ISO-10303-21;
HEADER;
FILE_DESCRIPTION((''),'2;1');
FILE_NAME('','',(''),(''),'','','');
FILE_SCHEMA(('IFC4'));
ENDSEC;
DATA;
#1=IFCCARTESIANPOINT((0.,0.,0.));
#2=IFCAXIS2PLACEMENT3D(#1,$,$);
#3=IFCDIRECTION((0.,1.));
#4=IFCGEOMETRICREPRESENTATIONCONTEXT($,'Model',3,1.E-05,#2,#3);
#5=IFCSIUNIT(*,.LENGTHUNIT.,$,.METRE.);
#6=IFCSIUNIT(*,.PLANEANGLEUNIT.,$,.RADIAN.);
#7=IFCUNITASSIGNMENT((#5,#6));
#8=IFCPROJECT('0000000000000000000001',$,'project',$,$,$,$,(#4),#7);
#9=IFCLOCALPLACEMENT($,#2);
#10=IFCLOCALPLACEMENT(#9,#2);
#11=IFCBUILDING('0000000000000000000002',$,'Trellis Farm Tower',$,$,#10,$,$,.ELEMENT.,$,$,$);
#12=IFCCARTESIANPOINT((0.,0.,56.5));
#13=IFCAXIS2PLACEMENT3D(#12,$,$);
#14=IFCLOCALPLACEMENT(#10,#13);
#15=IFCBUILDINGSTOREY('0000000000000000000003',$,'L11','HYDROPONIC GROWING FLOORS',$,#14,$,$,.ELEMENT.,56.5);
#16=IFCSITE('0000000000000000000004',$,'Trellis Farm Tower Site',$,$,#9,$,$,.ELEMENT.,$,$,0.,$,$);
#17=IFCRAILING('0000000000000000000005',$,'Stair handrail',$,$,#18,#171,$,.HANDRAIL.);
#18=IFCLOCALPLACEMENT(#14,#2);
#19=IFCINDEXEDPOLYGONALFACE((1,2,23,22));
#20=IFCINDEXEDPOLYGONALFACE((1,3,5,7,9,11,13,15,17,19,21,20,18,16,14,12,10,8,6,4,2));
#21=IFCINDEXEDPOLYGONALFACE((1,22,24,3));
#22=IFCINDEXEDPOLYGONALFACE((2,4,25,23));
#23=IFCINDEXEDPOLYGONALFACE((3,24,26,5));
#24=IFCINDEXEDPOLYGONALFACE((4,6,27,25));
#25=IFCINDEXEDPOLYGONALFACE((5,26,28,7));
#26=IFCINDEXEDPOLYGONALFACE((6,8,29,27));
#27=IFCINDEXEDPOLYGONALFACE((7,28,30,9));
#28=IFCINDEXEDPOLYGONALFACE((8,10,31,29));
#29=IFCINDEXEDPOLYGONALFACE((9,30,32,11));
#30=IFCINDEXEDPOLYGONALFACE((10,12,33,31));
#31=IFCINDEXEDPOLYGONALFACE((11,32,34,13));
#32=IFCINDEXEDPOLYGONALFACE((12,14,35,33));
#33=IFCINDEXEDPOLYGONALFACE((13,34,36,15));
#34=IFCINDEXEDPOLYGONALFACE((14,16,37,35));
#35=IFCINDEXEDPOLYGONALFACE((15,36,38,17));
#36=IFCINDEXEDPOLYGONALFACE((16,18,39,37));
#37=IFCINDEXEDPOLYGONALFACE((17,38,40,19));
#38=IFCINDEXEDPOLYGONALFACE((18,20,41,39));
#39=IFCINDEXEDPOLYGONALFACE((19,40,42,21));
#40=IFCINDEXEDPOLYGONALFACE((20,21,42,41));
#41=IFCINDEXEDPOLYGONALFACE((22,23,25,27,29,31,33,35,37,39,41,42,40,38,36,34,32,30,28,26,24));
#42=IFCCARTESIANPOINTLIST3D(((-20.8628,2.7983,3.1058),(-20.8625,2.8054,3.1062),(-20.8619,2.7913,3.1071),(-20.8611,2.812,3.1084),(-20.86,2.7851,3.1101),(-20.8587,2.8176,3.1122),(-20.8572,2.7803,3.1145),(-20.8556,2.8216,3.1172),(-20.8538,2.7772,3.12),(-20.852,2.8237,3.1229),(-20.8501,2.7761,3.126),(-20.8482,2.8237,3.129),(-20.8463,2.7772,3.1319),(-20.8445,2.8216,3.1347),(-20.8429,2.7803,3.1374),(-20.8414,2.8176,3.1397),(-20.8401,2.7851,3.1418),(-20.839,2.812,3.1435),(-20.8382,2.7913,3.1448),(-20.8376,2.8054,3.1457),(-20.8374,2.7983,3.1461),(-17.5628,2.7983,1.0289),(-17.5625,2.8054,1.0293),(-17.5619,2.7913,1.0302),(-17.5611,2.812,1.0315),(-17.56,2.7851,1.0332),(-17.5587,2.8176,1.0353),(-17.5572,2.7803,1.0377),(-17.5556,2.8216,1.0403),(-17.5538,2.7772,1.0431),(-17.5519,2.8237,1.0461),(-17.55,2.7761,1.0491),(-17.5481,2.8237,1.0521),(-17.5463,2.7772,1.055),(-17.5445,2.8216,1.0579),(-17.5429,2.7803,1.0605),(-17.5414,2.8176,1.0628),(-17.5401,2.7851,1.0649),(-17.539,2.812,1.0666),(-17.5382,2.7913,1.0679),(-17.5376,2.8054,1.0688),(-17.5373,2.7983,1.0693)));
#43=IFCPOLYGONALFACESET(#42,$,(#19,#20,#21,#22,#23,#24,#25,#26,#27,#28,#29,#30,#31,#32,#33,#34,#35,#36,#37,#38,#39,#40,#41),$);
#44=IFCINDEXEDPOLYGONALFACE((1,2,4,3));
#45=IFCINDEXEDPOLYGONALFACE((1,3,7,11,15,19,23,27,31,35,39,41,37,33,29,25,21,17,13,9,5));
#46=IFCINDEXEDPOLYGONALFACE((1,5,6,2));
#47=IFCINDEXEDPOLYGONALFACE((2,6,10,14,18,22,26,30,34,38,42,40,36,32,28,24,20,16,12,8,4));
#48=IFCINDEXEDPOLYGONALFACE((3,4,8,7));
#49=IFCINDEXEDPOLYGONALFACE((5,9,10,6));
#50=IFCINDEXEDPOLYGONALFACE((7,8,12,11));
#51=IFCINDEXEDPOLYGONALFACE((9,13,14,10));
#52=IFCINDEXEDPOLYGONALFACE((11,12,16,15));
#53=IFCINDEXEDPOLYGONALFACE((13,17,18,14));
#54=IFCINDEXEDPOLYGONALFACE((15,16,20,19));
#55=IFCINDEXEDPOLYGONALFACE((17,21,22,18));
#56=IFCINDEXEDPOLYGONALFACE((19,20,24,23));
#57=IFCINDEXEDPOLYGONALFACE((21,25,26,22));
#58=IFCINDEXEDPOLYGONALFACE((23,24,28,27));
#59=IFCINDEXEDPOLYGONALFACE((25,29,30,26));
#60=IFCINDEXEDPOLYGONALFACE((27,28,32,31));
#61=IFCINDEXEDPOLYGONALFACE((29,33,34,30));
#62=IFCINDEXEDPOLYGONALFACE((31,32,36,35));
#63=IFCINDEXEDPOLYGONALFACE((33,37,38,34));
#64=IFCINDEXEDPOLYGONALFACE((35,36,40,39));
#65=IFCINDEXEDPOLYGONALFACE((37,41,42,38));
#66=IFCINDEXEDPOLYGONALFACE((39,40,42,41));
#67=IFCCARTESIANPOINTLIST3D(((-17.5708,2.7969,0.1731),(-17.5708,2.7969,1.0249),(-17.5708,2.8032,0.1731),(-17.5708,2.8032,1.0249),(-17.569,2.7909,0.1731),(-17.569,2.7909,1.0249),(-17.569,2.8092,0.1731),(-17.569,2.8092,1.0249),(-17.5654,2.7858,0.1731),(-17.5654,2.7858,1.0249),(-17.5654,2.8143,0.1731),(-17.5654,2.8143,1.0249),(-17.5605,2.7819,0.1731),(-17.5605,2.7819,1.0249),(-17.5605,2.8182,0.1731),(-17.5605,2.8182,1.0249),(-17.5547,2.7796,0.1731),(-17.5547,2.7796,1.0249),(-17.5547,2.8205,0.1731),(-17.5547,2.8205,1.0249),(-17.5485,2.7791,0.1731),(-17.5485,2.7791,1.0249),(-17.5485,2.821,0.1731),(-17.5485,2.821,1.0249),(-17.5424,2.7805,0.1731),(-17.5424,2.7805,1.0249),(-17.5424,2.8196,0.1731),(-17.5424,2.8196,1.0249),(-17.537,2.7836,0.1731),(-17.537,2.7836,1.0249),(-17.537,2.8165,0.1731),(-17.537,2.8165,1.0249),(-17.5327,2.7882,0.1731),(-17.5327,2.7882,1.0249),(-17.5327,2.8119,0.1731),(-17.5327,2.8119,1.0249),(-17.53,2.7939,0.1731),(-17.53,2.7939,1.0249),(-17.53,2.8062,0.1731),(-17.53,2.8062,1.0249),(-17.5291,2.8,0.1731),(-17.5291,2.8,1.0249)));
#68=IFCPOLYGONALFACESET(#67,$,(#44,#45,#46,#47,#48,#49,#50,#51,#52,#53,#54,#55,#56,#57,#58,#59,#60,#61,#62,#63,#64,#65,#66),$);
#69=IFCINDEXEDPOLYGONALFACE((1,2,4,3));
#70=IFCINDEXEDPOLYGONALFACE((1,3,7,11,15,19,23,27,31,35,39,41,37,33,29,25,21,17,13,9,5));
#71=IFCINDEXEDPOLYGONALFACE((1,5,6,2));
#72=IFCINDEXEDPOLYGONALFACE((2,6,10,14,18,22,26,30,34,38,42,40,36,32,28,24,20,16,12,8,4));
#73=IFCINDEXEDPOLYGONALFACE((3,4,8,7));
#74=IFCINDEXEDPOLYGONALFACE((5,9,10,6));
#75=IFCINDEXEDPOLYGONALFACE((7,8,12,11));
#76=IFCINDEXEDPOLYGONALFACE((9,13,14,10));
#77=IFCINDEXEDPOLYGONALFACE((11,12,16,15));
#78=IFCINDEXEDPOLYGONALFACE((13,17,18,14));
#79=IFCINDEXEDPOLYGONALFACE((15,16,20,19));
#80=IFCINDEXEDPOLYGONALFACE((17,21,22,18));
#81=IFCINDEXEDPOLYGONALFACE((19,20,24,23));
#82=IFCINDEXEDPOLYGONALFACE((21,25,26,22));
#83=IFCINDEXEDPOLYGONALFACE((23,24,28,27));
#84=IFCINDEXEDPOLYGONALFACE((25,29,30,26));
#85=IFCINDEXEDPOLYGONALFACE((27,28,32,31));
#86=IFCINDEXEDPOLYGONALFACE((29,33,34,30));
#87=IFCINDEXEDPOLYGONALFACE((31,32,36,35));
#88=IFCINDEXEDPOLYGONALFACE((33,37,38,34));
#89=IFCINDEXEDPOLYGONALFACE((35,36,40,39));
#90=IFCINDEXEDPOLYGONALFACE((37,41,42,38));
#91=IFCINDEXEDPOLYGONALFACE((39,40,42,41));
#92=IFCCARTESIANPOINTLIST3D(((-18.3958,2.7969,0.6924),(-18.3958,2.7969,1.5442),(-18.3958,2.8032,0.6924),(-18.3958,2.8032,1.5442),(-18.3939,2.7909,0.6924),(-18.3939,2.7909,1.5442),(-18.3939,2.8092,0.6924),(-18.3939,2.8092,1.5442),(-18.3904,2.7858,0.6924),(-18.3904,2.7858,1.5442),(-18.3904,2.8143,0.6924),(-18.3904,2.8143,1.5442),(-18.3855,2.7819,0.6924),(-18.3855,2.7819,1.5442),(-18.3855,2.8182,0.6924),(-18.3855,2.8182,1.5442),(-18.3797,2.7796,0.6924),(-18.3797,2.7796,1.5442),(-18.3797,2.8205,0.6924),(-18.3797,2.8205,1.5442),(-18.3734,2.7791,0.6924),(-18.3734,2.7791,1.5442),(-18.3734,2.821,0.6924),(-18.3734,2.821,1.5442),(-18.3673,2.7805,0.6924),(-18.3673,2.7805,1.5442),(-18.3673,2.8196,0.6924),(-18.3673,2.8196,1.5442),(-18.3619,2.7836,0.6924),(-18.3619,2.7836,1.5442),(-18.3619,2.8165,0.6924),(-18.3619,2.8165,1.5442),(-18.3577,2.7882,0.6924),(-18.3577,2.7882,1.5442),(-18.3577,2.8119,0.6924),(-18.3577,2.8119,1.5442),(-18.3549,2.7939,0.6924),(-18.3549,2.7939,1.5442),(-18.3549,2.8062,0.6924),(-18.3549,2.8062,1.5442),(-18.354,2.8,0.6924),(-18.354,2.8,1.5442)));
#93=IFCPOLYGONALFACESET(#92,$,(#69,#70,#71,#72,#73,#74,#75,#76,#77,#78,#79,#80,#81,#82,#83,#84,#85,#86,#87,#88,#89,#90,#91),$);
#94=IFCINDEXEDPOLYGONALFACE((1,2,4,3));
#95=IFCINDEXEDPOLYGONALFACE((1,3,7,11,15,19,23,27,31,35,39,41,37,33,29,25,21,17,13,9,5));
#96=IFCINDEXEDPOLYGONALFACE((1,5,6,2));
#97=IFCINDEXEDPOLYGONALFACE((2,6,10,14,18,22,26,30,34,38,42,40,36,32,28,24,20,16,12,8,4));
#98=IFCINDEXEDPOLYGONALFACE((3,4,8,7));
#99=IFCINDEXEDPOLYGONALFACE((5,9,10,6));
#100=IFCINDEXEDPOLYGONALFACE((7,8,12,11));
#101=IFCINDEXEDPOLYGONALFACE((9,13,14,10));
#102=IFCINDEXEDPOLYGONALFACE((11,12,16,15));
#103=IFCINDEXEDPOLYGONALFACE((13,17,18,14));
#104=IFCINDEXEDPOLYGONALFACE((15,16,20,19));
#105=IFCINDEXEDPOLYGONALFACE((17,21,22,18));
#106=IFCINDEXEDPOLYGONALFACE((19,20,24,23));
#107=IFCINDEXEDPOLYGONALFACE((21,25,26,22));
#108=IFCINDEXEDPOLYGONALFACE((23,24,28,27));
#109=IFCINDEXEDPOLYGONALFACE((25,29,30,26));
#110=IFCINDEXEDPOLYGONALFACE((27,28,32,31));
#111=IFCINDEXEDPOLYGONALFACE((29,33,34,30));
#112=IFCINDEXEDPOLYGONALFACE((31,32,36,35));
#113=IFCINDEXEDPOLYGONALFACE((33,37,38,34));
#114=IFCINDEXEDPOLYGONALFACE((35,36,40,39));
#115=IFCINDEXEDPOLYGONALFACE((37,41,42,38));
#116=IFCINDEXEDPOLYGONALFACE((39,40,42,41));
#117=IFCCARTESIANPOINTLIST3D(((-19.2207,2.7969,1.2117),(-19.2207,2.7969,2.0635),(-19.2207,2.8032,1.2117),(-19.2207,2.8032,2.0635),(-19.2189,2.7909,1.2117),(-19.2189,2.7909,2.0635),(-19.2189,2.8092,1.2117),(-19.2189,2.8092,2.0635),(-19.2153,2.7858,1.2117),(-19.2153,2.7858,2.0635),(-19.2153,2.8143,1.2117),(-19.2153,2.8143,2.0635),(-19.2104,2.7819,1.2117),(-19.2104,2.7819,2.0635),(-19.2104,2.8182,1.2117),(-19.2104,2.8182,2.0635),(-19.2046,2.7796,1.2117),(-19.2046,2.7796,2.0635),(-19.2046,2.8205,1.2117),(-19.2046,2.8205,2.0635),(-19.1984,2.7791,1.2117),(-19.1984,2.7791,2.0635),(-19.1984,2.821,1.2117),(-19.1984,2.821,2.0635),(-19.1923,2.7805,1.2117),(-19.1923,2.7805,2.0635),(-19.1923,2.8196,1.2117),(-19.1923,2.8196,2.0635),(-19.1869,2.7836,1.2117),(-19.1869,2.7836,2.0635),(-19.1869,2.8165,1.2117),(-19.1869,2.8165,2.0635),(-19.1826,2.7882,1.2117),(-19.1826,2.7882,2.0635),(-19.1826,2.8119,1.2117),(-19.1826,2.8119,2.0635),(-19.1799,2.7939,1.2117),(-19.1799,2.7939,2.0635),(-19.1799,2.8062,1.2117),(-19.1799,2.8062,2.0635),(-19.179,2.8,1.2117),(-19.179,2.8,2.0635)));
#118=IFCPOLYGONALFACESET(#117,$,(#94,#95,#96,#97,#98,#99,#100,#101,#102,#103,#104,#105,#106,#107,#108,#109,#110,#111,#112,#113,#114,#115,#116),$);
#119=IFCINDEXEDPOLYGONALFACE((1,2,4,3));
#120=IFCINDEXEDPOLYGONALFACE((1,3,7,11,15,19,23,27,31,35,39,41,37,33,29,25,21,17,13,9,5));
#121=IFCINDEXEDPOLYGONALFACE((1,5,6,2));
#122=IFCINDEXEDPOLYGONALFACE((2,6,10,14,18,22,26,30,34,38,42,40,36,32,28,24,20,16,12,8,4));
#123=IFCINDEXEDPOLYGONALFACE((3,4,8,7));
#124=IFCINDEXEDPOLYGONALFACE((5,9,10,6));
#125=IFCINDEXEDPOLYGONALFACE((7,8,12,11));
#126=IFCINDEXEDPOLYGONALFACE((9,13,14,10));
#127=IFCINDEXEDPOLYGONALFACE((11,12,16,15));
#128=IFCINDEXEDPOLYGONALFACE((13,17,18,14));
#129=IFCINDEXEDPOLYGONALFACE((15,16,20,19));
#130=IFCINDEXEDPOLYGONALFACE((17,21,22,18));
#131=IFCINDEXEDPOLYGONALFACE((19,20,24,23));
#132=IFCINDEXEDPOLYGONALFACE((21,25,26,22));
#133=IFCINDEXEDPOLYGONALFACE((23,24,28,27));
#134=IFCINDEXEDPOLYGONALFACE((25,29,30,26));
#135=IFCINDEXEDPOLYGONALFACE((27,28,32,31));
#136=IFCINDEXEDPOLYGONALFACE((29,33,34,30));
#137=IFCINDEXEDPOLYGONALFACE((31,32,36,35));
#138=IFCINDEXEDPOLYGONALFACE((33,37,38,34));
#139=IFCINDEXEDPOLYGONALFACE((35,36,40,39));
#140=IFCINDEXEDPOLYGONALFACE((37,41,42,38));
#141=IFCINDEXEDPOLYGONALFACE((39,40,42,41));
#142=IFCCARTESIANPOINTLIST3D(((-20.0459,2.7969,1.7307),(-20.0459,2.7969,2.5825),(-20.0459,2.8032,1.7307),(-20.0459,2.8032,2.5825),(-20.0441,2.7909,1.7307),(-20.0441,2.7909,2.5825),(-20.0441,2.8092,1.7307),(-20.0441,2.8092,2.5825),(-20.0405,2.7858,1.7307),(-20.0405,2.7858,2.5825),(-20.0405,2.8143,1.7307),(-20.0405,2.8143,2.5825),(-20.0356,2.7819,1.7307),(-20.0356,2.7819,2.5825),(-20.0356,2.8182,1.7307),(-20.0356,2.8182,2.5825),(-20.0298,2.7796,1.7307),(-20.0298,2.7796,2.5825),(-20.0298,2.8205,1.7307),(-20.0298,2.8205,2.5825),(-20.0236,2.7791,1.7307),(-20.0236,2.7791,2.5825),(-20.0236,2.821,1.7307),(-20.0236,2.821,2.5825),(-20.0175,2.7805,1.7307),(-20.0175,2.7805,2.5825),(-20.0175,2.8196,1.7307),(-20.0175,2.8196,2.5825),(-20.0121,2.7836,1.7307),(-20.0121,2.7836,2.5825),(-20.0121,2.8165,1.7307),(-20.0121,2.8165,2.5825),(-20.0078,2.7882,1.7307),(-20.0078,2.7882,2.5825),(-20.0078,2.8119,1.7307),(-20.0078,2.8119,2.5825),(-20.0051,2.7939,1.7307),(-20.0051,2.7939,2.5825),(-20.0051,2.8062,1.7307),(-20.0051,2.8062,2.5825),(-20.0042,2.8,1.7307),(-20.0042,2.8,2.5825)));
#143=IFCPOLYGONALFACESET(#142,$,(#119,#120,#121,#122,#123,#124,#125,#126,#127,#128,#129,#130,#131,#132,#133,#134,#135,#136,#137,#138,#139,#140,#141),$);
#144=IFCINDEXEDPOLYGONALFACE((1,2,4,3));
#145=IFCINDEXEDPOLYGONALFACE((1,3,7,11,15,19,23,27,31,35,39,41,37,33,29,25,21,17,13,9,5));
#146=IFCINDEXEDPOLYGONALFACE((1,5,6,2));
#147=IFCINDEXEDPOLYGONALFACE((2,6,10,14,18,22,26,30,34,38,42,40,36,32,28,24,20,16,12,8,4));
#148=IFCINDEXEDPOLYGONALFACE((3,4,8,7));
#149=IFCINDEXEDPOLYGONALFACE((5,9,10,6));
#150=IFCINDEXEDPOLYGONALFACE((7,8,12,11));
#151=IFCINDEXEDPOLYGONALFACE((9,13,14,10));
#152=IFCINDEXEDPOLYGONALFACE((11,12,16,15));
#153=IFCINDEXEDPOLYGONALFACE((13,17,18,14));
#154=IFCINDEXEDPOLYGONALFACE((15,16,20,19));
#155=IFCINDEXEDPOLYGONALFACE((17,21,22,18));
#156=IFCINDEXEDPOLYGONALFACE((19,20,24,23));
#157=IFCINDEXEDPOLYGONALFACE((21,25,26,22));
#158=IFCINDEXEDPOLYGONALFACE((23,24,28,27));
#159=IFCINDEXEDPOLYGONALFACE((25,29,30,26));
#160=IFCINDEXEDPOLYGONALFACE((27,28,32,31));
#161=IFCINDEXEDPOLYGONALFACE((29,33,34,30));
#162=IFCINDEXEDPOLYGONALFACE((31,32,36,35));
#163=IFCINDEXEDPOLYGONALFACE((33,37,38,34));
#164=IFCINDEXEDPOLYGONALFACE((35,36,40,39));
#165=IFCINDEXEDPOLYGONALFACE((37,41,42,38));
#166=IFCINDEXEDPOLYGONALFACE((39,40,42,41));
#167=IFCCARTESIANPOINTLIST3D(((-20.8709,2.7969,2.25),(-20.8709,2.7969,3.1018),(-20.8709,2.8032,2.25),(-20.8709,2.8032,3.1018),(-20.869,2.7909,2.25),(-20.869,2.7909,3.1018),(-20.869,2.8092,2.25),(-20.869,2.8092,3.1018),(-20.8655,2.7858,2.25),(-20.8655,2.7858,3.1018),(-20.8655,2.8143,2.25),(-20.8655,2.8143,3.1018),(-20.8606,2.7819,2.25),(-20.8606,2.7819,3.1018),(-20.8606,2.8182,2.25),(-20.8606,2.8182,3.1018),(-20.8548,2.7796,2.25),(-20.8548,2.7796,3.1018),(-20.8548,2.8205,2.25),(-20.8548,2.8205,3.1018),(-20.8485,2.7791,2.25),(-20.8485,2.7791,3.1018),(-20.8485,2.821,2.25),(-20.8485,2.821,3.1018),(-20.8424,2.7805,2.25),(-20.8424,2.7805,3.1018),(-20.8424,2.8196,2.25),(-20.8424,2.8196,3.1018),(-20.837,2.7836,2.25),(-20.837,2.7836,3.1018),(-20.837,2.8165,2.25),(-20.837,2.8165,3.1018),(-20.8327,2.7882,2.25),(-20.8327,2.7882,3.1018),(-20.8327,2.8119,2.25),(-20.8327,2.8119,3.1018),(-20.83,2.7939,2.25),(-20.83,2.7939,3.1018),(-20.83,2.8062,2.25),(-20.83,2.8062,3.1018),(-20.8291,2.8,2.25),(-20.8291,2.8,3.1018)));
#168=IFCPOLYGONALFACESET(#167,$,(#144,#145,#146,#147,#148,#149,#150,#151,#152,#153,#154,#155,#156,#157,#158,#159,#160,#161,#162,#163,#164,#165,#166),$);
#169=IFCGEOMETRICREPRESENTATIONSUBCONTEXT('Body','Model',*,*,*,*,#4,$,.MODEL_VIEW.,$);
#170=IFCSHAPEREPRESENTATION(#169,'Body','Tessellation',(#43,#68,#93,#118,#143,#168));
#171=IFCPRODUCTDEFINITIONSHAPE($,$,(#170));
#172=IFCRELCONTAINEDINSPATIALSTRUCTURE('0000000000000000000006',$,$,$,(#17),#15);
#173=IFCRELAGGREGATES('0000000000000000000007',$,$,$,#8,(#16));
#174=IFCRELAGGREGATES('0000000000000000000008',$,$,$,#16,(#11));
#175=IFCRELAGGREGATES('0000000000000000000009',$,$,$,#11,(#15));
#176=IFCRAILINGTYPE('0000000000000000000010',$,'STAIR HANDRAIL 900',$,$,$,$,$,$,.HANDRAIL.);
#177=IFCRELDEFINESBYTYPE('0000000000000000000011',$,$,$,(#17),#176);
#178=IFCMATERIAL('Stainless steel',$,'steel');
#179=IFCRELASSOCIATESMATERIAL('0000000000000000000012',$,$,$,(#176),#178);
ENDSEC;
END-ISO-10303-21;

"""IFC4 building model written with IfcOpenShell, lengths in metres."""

from ifc_helpers import new_model, si_unit, direction, frame, origin, origin_2d, place, context, subcontext, project, spatial, circle, extrude, source, transform, mapped, material, type_object, element, save


model = new_model("IFC4")

# Units and contexts
model_context = context("Model", 3, precision=1e-05, world=origin(), true_north=direction((0.0, 1.0)))
body_context = subcontext(model_context, "Body", "Model", "MODEL_VIEW")
ifc_project = project(units=[si_unit("LENGTHUNIT", "METRE"), si_unit("PLANEANGLEUNIT", "RADIAN")], contexts=[model_context])

# Site, building, storey
site_placement = place(None, origin())
site = spatial("IfcSite", under=ifc_project, at=site_placement, Name="Trellis Farm Tower Site", CompositionType="ELEMENT", RefElevation=0.0)
building_placement = place(site_placement, origin())
building = spatial("IfcBuilding", under=site, at=building_placement, Name="Trellis Farm Tower", CompositionType="ELEMENT")
storey_placement = place(building_placement, frame((0.0, 0.0, 56.5)))
storey = spatial("IfcBuildingStorey", under=building, at=storey_placement, Name="L11", Description="HYDROPONIC GROWING FLOORS", CompositionType="ELEMENT", Elevation=56.5)

# Shared definitions
ifc_material_1 = material(Name="Stainless steel", Category="steel")

# Railing
railing_type = type_object("IfcRailingType", Name="STAIR HANDRAIL 900", PredefinedType="HANDRAIL", material=ifc_material_1)
shared_shape_1 = source(origin(), body_context, "Body", "SweptSolid", [
    extrude(circle(Radius=0.0239, at=origin_2d()), frame((0.0, 0.0, 0.876), z_axis=(-0.846337, 0.0, 0.532647), x_axis=(0.0, -1.0, 0.0)), (0.0, 0.0, 1.0), 3.8992),
    extrude(circle(Radius=0.021, at=origin_2d()), origin(), (0.0, 0.0, 1.0), 0.8518),
    extrude(circle(Radius=0.021, at=origin_2d()), frame((-0.825, 0.0, 0.5193)), (0.0, 0.0, 1.0), 0.8518),
    extrude(circle(Radius=0.021, at=origin_2d()), frame((-1.6499, 0.0, 1.0386)), (0.0, 0.0, 1.0), 0.8518),
    extrude(circle(Radius=0.021, at=origin_2d()), frame((-2.4751, 0.0, 1.5576)), (0.0, 0.0, 1.0), 0.8518),
    extrude(circle(Radius=0.021, at=origin_2d()), frame((-3.3, 0.0, 2.0769)), (0.0, 0.0, 1.0), 0.8518),
])
for number, where, name in (
    (1, (-17.55, 2.8, 0.1731), "Stair handrail"),
):
    element("IfcRailing", number, at=place(storey_placement, frame(where)), inside=storey, type_object=railing_type, Name=name, PredefinedType="HANDRAIL", context=body_context, shape_type="MappedRepresentation", body=[
        mapped(shared_shape_1, transform((0.0, 0.0, 0.0))),
    ])

save(model, "model.ifc")
